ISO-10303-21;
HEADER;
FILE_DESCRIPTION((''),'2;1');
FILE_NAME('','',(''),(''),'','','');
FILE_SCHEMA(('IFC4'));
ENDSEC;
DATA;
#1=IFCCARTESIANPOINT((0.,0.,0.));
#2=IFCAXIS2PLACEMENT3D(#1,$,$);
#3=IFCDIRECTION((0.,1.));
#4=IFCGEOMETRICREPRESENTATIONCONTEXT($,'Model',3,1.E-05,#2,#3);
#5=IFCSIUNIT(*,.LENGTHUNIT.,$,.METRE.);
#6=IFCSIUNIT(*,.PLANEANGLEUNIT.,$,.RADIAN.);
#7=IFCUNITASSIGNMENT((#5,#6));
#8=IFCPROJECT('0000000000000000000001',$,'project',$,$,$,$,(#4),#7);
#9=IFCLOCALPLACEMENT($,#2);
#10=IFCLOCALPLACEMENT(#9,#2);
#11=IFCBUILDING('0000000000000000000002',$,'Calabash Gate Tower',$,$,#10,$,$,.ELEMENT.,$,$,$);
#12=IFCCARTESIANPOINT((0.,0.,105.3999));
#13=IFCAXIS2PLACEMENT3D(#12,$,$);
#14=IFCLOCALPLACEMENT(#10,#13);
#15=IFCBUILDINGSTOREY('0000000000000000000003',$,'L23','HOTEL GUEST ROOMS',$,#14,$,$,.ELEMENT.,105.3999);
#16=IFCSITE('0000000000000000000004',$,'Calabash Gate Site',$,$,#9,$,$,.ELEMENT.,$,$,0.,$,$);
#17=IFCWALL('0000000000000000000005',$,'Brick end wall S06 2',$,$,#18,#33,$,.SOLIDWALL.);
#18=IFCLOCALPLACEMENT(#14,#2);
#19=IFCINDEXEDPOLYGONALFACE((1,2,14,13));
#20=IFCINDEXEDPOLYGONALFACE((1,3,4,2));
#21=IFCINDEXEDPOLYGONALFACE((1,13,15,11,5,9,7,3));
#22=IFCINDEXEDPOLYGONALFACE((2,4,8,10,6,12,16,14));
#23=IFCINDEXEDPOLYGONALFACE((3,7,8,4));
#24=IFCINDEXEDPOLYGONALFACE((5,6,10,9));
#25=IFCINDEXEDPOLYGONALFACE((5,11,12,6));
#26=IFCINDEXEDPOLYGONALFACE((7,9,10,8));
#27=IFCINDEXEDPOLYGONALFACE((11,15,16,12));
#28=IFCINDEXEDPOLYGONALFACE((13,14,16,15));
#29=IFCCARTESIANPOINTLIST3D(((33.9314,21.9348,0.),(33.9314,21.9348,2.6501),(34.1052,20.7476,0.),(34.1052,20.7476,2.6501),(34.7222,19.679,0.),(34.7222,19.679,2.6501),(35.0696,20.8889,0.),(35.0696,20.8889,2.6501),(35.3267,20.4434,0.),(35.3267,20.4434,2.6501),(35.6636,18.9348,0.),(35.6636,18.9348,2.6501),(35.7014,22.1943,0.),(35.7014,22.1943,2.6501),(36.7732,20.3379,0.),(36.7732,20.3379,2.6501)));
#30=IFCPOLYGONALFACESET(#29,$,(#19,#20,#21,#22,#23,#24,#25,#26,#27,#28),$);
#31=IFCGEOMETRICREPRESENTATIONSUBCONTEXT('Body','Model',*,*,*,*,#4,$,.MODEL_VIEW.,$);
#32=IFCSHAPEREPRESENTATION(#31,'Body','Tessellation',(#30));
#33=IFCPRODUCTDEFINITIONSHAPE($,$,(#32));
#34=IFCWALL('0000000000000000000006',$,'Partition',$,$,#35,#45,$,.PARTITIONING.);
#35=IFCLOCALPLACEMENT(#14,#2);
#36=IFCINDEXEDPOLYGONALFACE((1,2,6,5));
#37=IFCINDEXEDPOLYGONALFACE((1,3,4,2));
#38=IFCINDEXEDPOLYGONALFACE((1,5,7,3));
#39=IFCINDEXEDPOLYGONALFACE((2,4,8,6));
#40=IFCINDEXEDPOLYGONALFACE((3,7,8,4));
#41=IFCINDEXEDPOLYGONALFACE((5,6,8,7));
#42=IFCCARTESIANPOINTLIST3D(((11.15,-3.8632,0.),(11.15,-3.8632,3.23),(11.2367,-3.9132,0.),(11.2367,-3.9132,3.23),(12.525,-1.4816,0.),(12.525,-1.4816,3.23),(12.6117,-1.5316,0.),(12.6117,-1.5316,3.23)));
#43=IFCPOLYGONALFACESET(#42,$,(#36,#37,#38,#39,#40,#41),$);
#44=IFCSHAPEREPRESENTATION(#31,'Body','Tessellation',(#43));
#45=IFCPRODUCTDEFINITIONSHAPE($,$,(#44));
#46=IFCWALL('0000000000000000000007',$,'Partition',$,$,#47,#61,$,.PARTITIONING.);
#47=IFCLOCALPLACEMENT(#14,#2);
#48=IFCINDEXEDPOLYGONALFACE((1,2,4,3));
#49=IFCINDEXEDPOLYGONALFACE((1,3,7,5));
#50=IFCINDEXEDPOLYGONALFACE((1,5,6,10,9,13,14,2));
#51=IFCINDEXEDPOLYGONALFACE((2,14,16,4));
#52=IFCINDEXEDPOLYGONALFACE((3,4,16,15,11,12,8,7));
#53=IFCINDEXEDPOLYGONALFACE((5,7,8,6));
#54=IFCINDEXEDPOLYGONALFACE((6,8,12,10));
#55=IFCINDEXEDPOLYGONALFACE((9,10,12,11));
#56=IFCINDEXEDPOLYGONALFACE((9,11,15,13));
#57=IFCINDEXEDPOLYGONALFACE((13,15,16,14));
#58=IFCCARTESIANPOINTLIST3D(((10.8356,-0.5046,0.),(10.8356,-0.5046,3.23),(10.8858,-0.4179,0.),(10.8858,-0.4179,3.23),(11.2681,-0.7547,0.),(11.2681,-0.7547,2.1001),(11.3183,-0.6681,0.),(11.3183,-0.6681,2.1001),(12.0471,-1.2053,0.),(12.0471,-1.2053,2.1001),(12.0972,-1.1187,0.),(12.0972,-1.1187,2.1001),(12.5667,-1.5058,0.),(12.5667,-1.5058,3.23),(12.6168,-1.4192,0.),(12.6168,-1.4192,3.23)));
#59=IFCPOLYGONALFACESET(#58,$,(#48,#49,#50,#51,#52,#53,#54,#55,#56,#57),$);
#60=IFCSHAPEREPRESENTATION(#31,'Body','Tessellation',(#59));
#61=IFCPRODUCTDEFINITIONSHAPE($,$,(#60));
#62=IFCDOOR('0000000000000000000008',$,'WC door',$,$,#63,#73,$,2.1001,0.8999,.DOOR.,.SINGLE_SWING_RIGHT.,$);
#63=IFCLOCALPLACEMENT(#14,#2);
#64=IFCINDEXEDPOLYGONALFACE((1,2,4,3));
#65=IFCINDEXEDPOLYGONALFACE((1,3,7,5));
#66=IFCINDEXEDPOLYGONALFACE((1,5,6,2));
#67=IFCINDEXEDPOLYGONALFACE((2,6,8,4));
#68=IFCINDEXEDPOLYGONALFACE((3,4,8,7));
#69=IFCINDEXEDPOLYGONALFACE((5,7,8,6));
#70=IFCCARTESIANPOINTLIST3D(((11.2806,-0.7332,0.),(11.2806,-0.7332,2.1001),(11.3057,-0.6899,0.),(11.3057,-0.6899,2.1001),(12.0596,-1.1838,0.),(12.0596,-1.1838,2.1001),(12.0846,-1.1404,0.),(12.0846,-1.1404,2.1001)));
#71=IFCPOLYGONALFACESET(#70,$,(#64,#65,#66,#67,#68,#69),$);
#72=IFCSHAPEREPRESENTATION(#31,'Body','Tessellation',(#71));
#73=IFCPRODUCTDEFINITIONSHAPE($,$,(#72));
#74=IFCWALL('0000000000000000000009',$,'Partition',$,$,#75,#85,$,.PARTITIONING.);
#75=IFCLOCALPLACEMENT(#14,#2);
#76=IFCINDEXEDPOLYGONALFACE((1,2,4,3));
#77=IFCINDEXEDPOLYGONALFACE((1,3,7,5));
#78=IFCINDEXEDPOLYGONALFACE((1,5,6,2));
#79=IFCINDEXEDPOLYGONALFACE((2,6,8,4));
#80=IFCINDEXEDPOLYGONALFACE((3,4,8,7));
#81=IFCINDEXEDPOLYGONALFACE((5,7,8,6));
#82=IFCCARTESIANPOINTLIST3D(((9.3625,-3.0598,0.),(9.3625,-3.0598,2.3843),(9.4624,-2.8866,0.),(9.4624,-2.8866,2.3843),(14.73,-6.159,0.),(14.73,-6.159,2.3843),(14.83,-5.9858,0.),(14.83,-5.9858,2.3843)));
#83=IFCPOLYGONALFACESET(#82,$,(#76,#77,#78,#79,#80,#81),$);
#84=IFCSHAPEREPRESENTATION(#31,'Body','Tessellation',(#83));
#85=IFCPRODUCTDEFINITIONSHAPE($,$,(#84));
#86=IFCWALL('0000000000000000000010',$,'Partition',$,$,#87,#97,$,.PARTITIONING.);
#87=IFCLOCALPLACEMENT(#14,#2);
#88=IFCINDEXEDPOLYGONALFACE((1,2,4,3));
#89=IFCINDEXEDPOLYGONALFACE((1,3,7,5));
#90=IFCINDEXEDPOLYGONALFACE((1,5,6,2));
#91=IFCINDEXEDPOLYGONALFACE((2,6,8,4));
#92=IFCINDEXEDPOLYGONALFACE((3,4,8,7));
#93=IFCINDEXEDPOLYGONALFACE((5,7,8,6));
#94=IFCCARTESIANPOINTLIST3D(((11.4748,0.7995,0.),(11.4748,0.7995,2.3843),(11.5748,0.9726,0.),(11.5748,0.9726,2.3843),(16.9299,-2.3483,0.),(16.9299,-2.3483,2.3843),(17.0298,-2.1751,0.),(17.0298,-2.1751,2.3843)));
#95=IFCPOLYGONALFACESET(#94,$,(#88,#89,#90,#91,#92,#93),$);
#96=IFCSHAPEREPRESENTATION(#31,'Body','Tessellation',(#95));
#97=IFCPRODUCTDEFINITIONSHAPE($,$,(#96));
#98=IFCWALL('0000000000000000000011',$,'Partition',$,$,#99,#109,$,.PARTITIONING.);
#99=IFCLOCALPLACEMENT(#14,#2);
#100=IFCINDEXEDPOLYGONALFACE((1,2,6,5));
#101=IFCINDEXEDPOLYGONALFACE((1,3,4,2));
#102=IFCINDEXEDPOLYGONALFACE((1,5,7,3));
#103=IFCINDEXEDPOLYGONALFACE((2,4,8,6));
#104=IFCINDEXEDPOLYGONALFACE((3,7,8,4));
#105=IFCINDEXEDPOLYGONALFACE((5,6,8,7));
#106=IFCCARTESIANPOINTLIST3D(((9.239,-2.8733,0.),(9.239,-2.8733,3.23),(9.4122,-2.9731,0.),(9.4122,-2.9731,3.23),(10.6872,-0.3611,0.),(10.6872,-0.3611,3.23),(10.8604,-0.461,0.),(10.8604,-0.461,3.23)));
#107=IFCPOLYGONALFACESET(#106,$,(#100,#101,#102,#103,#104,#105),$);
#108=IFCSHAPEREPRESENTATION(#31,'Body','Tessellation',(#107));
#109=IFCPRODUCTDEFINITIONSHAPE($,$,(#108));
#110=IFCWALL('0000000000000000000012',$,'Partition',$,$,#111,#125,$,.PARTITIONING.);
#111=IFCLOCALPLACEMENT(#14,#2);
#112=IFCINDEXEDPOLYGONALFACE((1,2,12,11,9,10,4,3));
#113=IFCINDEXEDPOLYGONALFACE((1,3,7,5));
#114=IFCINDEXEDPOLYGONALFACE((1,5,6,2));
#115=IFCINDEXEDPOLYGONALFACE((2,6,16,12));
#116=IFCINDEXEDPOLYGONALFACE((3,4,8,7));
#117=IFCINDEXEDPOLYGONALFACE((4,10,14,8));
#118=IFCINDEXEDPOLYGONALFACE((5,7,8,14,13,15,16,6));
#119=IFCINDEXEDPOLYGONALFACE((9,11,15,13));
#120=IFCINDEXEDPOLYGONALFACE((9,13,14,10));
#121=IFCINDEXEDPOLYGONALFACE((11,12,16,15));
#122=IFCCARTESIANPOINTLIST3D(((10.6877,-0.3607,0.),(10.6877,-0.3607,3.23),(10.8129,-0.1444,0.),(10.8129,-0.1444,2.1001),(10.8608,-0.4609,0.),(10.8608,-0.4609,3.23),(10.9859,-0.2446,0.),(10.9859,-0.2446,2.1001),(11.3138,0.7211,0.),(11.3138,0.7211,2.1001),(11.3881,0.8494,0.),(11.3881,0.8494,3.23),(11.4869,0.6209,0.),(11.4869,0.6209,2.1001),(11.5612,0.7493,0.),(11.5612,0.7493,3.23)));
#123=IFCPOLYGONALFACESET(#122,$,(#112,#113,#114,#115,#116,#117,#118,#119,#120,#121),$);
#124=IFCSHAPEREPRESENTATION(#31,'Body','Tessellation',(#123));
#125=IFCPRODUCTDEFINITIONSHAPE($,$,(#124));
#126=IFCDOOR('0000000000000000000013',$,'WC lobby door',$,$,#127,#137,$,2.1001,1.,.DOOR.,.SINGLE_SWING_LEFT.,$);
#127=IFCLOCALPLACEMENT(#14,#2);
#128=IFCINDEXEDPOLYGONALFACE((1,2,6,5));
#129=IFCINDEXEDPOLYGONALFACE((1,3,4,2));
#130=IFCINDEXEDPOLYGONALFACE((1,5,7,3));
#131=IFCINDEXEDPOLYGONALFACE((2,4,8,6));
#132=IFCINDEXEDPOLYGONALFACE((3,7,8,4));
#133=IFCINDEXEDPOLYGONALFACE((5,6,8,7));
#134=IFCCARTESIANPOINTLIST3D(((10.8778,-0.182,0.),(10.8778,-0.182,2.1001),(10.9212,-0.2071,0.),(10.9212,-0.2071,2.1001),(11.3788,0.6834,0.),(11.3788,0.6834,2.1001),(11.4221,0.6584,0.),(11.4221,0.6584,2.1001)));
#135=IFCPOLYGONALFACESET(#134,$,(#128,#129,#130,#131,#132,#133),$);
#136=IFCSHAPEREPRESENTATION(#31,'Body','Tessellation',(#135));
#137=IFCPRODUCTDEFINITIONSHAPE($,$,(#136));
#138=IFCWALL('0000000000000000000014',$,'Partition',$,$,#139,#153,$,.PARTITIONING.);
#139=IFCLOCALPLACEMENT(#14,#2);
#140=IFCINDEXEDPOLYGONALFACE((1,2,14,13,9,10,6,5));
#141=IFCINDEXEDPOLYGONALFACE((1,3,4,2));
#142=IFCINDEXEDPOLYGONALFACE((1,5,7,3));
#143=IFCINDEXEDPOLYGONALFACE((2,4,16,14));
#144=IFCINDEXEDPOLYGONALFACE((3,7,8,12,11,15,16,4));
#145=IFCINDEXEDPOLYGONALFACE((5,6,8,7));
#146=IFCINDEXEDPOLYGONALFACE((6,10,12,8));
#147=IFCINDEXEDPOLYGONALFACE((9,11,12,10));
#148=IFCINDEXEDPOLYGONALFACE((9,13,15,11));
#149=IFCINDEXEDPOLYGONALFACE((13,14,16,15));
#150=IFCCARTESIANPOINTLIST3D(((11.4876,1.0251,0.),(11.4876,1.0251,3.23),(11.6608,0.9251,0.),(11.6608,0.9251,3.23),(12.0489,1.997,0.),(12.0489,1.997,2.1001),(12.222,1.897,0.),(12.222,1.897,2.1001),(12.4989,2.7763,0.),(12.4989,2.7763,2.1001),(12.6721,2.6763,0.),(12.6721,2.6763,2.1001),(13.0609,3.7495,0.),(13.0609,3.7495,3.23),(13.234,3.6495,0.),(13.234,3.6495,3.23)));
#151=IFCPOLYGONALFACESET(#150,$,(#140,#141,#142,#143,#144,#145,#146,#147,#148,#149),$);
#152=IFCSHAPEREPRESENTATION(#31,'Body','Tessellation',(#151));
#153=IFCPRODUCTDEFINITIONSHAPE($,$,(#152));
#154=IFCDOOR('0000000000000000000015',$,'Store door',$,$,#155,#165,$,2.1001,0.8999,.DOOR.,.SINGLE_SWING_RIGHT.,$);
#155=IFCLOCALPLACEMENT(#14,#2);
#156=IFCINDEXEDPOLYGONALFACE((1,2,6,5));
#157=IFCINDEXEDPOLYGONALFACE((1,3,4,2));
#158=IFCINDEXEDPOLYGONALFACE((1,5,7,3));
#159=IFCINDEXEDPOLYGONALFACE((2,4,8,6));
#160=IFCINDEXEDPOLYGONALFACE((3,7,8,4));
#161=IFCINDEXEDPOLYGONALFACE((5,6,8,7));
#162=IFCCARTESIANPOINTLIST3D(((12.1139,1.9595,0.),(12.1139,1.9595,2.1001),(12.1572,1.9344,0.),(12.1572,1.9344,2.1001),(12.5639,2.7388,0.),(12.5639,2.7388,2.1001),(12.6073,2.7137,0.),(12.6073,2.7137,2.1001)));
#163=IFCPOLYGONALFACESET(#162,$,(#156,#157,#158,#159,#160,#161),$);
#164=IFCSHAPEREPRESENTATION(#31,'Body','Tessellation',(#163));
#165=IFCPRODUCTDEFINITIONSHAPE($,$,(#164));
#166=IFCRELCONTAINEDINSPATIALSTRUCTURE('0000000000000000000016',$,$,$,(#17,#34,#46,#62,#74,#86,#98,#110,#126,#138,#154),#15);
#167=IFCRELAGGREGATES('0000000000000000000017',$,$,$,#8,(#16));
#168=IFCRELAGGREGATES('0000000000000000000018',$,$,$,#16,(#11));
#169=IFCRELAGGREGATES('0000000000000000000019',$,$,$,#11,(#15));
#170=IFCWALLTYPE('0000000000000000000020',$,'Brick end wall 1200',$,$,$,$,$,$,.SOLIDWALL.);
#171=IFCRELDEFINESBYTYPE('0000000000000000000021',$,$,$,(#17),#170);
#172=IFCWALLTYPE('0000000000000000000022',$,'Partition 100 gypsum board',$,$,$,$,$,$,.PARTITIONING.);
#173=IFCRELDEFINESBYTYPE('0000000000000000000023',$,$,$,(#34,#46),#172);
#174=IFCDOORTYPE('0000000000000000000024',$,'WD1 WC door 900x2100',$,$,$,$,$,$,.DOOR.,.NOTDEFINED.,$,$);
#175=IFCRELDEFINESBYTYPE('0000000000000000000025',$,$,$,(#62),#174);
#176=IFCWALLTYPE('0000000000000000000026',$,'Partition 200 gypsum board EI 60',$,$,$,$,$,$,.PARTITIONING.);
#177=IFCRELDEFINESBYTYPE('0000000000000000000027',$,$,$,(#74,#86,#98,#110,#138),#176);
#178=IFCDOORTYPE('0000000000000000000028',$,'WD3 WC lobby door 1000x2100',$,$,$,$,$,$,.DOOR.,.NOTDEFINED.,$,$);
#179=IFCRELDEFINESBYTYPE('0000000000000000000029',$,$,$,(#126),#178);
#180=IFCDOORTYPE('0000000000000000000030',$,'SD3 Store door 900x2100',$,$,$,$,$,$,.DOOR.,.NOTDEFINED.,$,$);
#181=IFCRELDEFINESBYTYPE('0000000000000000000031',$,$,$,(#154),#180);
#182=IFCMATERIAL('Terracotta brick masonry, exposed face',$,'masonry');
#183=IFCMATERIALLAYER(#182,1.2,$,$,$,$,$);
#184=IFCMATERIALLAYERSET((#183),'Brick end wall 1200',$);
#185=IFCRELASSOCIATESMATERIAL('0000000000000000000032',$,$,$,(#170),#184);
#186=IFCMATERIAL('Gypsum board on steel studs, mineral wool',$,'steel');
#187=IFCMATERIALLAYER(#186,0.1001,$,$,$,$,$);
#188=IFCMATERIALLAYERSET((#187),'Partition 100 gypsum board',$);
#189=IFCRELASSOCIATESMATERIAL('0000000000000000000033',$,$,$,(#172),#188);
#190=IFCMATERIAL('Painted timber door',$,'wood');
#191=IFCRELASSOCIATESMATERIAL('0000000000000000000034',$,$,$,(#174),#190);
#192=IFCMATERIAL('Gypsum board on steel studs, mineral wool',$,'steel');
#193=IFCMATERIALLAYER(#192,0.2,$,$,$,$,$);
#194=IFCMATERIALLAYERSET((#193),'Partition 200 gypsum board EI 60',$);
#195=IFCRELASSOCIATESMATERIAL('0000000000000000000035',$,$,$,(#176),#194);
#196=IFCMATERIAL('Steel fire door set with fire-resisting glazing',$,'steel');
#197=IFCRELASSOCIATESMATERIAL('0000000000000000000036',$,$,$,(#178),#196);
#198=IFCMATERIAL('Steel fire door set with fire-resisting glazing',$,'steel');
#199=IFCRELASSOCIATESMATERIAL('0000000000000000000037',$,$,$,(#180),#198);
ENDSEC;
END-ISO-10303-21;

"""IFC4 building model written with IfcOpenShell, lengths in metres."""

from ifc_helpers import new_model, si_unit, direction, frame, frame_2d, origin, place, context, subcontext, project, spatial, polyline, rectangle, outline, extrude, material, layer, layer_set, type_object, element, fill, save


model = new_model("IFC4")

# Units and contexts
model_context = context("Model", 3, precision=1e-05, world=origin(), true_north=direction((0.0, 1.0)))
body_context = subcontext(model_context, "Body", "Model", "MODEL_VIEW")
ifc_project = project(units=[si_unit("LENGTHUNIT", "METRE"), si_unit("PLANEANGLEUNIT", "RADIAN")], contexts=[model_context])

# Site, building, storey
site_placement = place(None, origin())
site = spatial("IfcSite", under=ifc_project, at=site_placement, Name="Calabash Gate Site", CompositionType="ELEMENT", RefElevation=0.0)
building_placement = place(site_placement, origin())
building = spatial("IfcBuilding", under=site, at=building_placement, Name="Calabash Gate Tower", CompositionType="ELEMENT")
storey_placement = place(building_placement, frame((0.0, 0.0, 105.3999)))
storey = spatial("IfcBuildingStorey", under=building, at=storey_placement, Name="L23", Description="HOTEL GUEST ROOMS", CompositionType="ELEMENT", Elevation=105.3999)

# Walls
ifc_material_1 = material(Name="Terracotta brick masonry, exposed face", Category="masonry")
ifc_layer_1 = layer(ifc_material_1, 1.2)
ifc_layer_set_1 = layer_set([ifc_layer_1], Name="Brick end wall 1200")
wall_type_1 = type_object("IfcWallType", Name="Brick end wall 1200", PredefinedType="SOLIDWALL", material=ifc_layer_set_1)
wall_1_placement = place(storey_placement, origin())
element("IfcWall", 1, at=wall_1_placement, inside=storey, type_object=wall_type_1, Name="Brick end wall S06 2", PredefinedType="SOLIDWALL", context=body_context, shape_type="SweptSolid", body=[
    extrude(outline(polyline([(35.3267, 20.4434), (34.7222, 19.679), (35.6636, 18.9348), (36.7732, 20.3379), (35.7014, 22.1943), (33.9314, 21.9348), (34.1052, 20.7476), (35.0696, 20.8889), (35.3267, 20.4434)])), origin(), (0.0, 0.0, 1.0), 2.6501),
])
ifc_material_2 = material(Name="Gypsum board on steel studs, mineral wool", Category="steel")
ifc_layer_2 = layer(ifc_material_2, 0.1001)
ifc_layer_set_2 = layer_set([ifc_layer_2], Name="Partition 100 gypsum board")
wall_type_2 = type_object("IfcWallType", Name="Partition 100 gypsum board", PredefinedType="PARTITIONING", material=ifc_layer_set_2)
wall_2_placement = place(storey_placement, frame((11.1934, -3.8882, 0.0), z_axis=(0.0, 0.0, 1.0), x_axis=(0.499997, 0.866027, 0.0)))
element("IfcWall", 2, at=wall_2_placement, inside=storey, type_object=wall_type_2, Name="Partition", PredefinedType="PARTITIONING", context=body_context, shape_type="SweptSolid", body=[
    extrude(rectangle(XDim=2.75, YDim=0.1001, at=frame_2d((1.375, 0.0))), origin(), (0.0, 0.0, 1.0), 3.23),
])

# Wall, opening, door
wall_3_placement = place(storey_placement, frame((10.8606, -0.4612, 0.0), z_axis=(0.0, 0.0, 1.0), x_axis=(0.865624, -0.500695, 0.0)))
wall_3 = element("IfcWall", 3, at=wall_3_placement, inside=storey, type_object=wall_type_2, Name="Partition", PredefinedType="PARTITIONING", context=body_context, shape_type="SweptSolid", body=[
    extrude(rectangle(XDim=1.9998, YDim=0.1001, at=frame_2d((1.0, 0.0))), origin(), (0.0, 0.0, 1.0), 3.23),
])
opening_1_placement = place(wall_3_placement, frame((0.4998, 0.0, 0.0)))
opening_1 = element("IfcOpeningElement", 4, at=opening_1_placement, cuts=wall_3, PredefinedType="OPENING", context=body_context, shape_type="SweptSolid", body=[
    extrude(rectangle(XDim=0.8999, YDim=2.1001, at=frame_2d((0.45, 1.05))), frame((0.0, 0.0601, 0.0), z_axis=(0.0, -1.0, 0.0), x_axis=(1.0, 0.0, 0.0)), (0.0, 0.0, 1.0), 0.1201),
])
ifc_material_3 = material(Name="Painted timber door", Category="wood")
door_type_1 = type_object("IfcDoorType", Name="WD1 WC door 900x2100", OperationType="NOTDEFINED", PredefinedType="DOOR", material=ifc_material_3)
door_1_placement = place(opening_1_placement, origin())
door_1 = element("IfcDoor", 5, at=door_1_placement, inside=storey, type_object=door_type_1, Name="WC door", OperationType="SINGLE_SWING_RIGHT", OverallHeight=2.1001, OverallWidth=0.8999, PredefinedType="DOOR", context=body_context, shape_type="SweptSolid", body=[
    extrude(rectangle(XDim=0.8999, YDim=2.1001, at=frame_2d((0.45, 1.05))), frame((0.0, 0.0249, 0.0), z_axis=(0.0, -1.0, 0.0), x_axis=(1.0, 0.0, 0.0)), (0.0, 0.0, 1.0), 0.05),
])
fill(opening_1, door_1)

# Walls
ifc_material_4 = material(Name="Gypsum board on steel studs, mineral wool", Category="steel")
ifc_layer_3 = layer(ifc_material_4, 0.2)
ifc_layer_set_3 = layer_set([ifc_layer_3], Name="Partition 200 gypsum board EI 60")
wall_type_3 = type_object("IfcWallType", Name="Partition 200 gypsum board EI 60", PredefinedType="PARTITIONING", material=ifc_layer_set_3)
wall_4_placement = place(storey_placement, frame((9.4124, -2.9731, 0.0), z_axis=(0.0, 0.0, 1.0), x_axis=(0.866009, -0.500028, 0.0)))
element("IfcWall", 6, at=wall_4_placement, inside=storey, type_object=wall_type_3, Name="Partition", PredefinedType="PARTITIONING", context=body_context, shape_type="SweptSolid", body=[
    extrude(rectangle(XDim=6.198, YDim=0.2, at=frame_2d((3.0991, 0.0))), origin(), (0.0, 0.0, 1.0), 2.3843),
])
wall_5_placement = place(storey_placement, frame((11.5249, 0.886, 0.0), z_axis=(0.0, 0.0, 1.0), x_axis=(0.866148, -0.499787, 0.0)))
element("IfcWall", 7, at=wall_5_placement, inside=storey, type_object=wall_type_3, Name="Partition", PredefinedType="PARTITIONING", context=body_context, shape_type="SweptSolid", body=[
    extrude(rectangle(XDim=6.2981, YDim=0.2, at=frame_2d((3.1489, 0.0))), origin(), (0.0, 0.0, 1.0), 2.3843),
])
wall_6_placement = place(storey_placement, frame((9.3257, -2.9231, 0.0), z_axis=(0.0, 0.0, 1.0), x_axis=(0.499436, 0.866351, 0.0)))
element("IfcWall", 8, at=wall_6_placement, inside=storey, type_object=wall_type_3, Name="Partition", PredefinedType="PARTITIONING", context=body_context, shape_type="SweptSolid", body=[
    extrude(rectangle(XDim=2.8997, YDim=0.2, at=frame_2d((1.4497, 0.0))), origin(), (0.0, 0.0, 1.0), 3.23),
])

# Walls, openings, doors
wall_7_placement = place(storey_placement, frame((10.7742, -0.4109, 0.0), z_axis=(0.0, 0.0, 1.0), x_axis=(0.500926, 0.86549, 0.0)))
wall_7 = element("IfcWall", 9, at=wall_7_placement, inside=storey, type_object=wall_type_3, Name="Partition", PredefinedType="PARTITIONING", context=body_context, shape_type="SweptSolid", body=[
    extrude(rectangle(XDim=1.3982, YDim=0.2, at=frame_2d((0.6992, 0.0))), origin(), (0.0, 0.0, 1.0), 3.23),
])
opening_2_placement = place(wall_7_placement, frame((0.25, 0.0, 0.0)))
opening_2 = element("IfcOpeningElement", 10, at=opening_2_placement, cuts=wall_7, PredefinedType="OPENING", context=body_context, shape_type="SweptSolid", body=[
    extrude(rectangle(XDim=1.0, YDim=2.1001, at=frame_2d((0.5, 1.05))), frame((0.0, 0.1099, 0.0), z_axis=(0.0, -1.0, 0.0), x_axis=(1.0, 0.0, 0.0)), (0.0, 0.0, 1.0), 0.22),
])
ifc_material_5 = material(Name="Steel fire door set with fire-resisting glazing", Category="steel")
door_type_2 = type_object("IfcDoorType", Name="WD3 WC lobby door 1000x2100", OperationType="NOTDEFINED", PredefinedType="DOOR", material=ifc_material_5)
door_2_placement = place(opening_2_placement, origin())
door_2 = element("IfcDoor", 11, at=door_2_placement, inside=storey, type_object=door_type_2, Name="WC lobby door", OperationType="SINGLE_SWING_LEFT", OverallHeight=2.1001, OverallWidth=1.0, PredefinedType="DOOR", context=body_context, shape_type="SweptSolid", body=[
    extrude(rectangle(XDim=1.0, YDim=2.1001, at=frame_2d((0.5, 1.05))), frame((0.0, 0.0249, 0.0), z_axis=(0.0, -1.0, 0.0), x_axis=(1.0, 0.0, 0.0)), (0.0, 0.0, 1.0), 0.05),
])
fill(opening_2, door_2)
wall_8_placement = place(storey_placement, frame((11.5742, 0.9751, 0.0), z_axis=(0.0, 0.0, 1.0), x_axis=(0.500078, 0.86598, 0.0)))
wall_8 = element("IfcWall", 12, at=wall_8_placement, inside=storey, type_object=wall_type_3, Name="Partition", PredefinedType="PARTITIONING", context=body_context, shape_type="SweptSolid", body=[
    extrude(rectangle(XDim=3.146, YDim=0.2, at=frame_2d((1.573, 0.0))), origin(), (0.0, 0.0, 1.0), 3.23),
])
opening_3_placement = place(wall_8_placement, frame((1.1223, 0.0, 0.0)))
opening_3 = element("IfcOpeningElement", 13, at=opening_3_placement, cuts=wall_8, PredefinedType="OPENING", context=body_context, shape_type="SweptSolid", body=[
    extrude(rectangle(XDim=0.8999, YDim=2.1001, at=frame_2d((0.45, 1.05))), frame((0.0, 0.1099, 0.0), z_axis=(0.0, -1.0, 0.0), x_axis=(1.0, 0.0, 0.0)), (0.0, 0.0, 1.0), 0.22),
])
ifc_material_6 = material(Name="Steel fire door set with fire-resisting glazing", Category="steel")
door_type_3 = type_object("IfcDoorType", Name="SD3 Store door 900x2100", OperationType="NOTDEFINED", PredefinedType="DOOR", material=ifc_material_6)
door_3_placement = place(opening_3_placement, origin())
door_3 = element("IfcDoor", 14, at=door_3_placement, inside=storey, type_object=door_type_3, Name="Store door", OperationType="SINGLE_SWING_RIGHT", OverallHeight=2.1001, OverallWidth=0.8999, PredefinedType="DOOR", context=body_context, shape_type="SweptSolid", body=[
    extrude(rectangle(XDim=0.8999, YDim=2.1001, at=frame_2d((0.45, 1.05))), frame((0.0, 0.0249, 0.0), z_axis=(0.0, -1.0, 0.0), x_axis=(1.0, 0.0, 0.0)), (0.0, 0.0, 1.0), 0.05),
])
fill(opening_3, door_3)

save(model, "model.ifc")
